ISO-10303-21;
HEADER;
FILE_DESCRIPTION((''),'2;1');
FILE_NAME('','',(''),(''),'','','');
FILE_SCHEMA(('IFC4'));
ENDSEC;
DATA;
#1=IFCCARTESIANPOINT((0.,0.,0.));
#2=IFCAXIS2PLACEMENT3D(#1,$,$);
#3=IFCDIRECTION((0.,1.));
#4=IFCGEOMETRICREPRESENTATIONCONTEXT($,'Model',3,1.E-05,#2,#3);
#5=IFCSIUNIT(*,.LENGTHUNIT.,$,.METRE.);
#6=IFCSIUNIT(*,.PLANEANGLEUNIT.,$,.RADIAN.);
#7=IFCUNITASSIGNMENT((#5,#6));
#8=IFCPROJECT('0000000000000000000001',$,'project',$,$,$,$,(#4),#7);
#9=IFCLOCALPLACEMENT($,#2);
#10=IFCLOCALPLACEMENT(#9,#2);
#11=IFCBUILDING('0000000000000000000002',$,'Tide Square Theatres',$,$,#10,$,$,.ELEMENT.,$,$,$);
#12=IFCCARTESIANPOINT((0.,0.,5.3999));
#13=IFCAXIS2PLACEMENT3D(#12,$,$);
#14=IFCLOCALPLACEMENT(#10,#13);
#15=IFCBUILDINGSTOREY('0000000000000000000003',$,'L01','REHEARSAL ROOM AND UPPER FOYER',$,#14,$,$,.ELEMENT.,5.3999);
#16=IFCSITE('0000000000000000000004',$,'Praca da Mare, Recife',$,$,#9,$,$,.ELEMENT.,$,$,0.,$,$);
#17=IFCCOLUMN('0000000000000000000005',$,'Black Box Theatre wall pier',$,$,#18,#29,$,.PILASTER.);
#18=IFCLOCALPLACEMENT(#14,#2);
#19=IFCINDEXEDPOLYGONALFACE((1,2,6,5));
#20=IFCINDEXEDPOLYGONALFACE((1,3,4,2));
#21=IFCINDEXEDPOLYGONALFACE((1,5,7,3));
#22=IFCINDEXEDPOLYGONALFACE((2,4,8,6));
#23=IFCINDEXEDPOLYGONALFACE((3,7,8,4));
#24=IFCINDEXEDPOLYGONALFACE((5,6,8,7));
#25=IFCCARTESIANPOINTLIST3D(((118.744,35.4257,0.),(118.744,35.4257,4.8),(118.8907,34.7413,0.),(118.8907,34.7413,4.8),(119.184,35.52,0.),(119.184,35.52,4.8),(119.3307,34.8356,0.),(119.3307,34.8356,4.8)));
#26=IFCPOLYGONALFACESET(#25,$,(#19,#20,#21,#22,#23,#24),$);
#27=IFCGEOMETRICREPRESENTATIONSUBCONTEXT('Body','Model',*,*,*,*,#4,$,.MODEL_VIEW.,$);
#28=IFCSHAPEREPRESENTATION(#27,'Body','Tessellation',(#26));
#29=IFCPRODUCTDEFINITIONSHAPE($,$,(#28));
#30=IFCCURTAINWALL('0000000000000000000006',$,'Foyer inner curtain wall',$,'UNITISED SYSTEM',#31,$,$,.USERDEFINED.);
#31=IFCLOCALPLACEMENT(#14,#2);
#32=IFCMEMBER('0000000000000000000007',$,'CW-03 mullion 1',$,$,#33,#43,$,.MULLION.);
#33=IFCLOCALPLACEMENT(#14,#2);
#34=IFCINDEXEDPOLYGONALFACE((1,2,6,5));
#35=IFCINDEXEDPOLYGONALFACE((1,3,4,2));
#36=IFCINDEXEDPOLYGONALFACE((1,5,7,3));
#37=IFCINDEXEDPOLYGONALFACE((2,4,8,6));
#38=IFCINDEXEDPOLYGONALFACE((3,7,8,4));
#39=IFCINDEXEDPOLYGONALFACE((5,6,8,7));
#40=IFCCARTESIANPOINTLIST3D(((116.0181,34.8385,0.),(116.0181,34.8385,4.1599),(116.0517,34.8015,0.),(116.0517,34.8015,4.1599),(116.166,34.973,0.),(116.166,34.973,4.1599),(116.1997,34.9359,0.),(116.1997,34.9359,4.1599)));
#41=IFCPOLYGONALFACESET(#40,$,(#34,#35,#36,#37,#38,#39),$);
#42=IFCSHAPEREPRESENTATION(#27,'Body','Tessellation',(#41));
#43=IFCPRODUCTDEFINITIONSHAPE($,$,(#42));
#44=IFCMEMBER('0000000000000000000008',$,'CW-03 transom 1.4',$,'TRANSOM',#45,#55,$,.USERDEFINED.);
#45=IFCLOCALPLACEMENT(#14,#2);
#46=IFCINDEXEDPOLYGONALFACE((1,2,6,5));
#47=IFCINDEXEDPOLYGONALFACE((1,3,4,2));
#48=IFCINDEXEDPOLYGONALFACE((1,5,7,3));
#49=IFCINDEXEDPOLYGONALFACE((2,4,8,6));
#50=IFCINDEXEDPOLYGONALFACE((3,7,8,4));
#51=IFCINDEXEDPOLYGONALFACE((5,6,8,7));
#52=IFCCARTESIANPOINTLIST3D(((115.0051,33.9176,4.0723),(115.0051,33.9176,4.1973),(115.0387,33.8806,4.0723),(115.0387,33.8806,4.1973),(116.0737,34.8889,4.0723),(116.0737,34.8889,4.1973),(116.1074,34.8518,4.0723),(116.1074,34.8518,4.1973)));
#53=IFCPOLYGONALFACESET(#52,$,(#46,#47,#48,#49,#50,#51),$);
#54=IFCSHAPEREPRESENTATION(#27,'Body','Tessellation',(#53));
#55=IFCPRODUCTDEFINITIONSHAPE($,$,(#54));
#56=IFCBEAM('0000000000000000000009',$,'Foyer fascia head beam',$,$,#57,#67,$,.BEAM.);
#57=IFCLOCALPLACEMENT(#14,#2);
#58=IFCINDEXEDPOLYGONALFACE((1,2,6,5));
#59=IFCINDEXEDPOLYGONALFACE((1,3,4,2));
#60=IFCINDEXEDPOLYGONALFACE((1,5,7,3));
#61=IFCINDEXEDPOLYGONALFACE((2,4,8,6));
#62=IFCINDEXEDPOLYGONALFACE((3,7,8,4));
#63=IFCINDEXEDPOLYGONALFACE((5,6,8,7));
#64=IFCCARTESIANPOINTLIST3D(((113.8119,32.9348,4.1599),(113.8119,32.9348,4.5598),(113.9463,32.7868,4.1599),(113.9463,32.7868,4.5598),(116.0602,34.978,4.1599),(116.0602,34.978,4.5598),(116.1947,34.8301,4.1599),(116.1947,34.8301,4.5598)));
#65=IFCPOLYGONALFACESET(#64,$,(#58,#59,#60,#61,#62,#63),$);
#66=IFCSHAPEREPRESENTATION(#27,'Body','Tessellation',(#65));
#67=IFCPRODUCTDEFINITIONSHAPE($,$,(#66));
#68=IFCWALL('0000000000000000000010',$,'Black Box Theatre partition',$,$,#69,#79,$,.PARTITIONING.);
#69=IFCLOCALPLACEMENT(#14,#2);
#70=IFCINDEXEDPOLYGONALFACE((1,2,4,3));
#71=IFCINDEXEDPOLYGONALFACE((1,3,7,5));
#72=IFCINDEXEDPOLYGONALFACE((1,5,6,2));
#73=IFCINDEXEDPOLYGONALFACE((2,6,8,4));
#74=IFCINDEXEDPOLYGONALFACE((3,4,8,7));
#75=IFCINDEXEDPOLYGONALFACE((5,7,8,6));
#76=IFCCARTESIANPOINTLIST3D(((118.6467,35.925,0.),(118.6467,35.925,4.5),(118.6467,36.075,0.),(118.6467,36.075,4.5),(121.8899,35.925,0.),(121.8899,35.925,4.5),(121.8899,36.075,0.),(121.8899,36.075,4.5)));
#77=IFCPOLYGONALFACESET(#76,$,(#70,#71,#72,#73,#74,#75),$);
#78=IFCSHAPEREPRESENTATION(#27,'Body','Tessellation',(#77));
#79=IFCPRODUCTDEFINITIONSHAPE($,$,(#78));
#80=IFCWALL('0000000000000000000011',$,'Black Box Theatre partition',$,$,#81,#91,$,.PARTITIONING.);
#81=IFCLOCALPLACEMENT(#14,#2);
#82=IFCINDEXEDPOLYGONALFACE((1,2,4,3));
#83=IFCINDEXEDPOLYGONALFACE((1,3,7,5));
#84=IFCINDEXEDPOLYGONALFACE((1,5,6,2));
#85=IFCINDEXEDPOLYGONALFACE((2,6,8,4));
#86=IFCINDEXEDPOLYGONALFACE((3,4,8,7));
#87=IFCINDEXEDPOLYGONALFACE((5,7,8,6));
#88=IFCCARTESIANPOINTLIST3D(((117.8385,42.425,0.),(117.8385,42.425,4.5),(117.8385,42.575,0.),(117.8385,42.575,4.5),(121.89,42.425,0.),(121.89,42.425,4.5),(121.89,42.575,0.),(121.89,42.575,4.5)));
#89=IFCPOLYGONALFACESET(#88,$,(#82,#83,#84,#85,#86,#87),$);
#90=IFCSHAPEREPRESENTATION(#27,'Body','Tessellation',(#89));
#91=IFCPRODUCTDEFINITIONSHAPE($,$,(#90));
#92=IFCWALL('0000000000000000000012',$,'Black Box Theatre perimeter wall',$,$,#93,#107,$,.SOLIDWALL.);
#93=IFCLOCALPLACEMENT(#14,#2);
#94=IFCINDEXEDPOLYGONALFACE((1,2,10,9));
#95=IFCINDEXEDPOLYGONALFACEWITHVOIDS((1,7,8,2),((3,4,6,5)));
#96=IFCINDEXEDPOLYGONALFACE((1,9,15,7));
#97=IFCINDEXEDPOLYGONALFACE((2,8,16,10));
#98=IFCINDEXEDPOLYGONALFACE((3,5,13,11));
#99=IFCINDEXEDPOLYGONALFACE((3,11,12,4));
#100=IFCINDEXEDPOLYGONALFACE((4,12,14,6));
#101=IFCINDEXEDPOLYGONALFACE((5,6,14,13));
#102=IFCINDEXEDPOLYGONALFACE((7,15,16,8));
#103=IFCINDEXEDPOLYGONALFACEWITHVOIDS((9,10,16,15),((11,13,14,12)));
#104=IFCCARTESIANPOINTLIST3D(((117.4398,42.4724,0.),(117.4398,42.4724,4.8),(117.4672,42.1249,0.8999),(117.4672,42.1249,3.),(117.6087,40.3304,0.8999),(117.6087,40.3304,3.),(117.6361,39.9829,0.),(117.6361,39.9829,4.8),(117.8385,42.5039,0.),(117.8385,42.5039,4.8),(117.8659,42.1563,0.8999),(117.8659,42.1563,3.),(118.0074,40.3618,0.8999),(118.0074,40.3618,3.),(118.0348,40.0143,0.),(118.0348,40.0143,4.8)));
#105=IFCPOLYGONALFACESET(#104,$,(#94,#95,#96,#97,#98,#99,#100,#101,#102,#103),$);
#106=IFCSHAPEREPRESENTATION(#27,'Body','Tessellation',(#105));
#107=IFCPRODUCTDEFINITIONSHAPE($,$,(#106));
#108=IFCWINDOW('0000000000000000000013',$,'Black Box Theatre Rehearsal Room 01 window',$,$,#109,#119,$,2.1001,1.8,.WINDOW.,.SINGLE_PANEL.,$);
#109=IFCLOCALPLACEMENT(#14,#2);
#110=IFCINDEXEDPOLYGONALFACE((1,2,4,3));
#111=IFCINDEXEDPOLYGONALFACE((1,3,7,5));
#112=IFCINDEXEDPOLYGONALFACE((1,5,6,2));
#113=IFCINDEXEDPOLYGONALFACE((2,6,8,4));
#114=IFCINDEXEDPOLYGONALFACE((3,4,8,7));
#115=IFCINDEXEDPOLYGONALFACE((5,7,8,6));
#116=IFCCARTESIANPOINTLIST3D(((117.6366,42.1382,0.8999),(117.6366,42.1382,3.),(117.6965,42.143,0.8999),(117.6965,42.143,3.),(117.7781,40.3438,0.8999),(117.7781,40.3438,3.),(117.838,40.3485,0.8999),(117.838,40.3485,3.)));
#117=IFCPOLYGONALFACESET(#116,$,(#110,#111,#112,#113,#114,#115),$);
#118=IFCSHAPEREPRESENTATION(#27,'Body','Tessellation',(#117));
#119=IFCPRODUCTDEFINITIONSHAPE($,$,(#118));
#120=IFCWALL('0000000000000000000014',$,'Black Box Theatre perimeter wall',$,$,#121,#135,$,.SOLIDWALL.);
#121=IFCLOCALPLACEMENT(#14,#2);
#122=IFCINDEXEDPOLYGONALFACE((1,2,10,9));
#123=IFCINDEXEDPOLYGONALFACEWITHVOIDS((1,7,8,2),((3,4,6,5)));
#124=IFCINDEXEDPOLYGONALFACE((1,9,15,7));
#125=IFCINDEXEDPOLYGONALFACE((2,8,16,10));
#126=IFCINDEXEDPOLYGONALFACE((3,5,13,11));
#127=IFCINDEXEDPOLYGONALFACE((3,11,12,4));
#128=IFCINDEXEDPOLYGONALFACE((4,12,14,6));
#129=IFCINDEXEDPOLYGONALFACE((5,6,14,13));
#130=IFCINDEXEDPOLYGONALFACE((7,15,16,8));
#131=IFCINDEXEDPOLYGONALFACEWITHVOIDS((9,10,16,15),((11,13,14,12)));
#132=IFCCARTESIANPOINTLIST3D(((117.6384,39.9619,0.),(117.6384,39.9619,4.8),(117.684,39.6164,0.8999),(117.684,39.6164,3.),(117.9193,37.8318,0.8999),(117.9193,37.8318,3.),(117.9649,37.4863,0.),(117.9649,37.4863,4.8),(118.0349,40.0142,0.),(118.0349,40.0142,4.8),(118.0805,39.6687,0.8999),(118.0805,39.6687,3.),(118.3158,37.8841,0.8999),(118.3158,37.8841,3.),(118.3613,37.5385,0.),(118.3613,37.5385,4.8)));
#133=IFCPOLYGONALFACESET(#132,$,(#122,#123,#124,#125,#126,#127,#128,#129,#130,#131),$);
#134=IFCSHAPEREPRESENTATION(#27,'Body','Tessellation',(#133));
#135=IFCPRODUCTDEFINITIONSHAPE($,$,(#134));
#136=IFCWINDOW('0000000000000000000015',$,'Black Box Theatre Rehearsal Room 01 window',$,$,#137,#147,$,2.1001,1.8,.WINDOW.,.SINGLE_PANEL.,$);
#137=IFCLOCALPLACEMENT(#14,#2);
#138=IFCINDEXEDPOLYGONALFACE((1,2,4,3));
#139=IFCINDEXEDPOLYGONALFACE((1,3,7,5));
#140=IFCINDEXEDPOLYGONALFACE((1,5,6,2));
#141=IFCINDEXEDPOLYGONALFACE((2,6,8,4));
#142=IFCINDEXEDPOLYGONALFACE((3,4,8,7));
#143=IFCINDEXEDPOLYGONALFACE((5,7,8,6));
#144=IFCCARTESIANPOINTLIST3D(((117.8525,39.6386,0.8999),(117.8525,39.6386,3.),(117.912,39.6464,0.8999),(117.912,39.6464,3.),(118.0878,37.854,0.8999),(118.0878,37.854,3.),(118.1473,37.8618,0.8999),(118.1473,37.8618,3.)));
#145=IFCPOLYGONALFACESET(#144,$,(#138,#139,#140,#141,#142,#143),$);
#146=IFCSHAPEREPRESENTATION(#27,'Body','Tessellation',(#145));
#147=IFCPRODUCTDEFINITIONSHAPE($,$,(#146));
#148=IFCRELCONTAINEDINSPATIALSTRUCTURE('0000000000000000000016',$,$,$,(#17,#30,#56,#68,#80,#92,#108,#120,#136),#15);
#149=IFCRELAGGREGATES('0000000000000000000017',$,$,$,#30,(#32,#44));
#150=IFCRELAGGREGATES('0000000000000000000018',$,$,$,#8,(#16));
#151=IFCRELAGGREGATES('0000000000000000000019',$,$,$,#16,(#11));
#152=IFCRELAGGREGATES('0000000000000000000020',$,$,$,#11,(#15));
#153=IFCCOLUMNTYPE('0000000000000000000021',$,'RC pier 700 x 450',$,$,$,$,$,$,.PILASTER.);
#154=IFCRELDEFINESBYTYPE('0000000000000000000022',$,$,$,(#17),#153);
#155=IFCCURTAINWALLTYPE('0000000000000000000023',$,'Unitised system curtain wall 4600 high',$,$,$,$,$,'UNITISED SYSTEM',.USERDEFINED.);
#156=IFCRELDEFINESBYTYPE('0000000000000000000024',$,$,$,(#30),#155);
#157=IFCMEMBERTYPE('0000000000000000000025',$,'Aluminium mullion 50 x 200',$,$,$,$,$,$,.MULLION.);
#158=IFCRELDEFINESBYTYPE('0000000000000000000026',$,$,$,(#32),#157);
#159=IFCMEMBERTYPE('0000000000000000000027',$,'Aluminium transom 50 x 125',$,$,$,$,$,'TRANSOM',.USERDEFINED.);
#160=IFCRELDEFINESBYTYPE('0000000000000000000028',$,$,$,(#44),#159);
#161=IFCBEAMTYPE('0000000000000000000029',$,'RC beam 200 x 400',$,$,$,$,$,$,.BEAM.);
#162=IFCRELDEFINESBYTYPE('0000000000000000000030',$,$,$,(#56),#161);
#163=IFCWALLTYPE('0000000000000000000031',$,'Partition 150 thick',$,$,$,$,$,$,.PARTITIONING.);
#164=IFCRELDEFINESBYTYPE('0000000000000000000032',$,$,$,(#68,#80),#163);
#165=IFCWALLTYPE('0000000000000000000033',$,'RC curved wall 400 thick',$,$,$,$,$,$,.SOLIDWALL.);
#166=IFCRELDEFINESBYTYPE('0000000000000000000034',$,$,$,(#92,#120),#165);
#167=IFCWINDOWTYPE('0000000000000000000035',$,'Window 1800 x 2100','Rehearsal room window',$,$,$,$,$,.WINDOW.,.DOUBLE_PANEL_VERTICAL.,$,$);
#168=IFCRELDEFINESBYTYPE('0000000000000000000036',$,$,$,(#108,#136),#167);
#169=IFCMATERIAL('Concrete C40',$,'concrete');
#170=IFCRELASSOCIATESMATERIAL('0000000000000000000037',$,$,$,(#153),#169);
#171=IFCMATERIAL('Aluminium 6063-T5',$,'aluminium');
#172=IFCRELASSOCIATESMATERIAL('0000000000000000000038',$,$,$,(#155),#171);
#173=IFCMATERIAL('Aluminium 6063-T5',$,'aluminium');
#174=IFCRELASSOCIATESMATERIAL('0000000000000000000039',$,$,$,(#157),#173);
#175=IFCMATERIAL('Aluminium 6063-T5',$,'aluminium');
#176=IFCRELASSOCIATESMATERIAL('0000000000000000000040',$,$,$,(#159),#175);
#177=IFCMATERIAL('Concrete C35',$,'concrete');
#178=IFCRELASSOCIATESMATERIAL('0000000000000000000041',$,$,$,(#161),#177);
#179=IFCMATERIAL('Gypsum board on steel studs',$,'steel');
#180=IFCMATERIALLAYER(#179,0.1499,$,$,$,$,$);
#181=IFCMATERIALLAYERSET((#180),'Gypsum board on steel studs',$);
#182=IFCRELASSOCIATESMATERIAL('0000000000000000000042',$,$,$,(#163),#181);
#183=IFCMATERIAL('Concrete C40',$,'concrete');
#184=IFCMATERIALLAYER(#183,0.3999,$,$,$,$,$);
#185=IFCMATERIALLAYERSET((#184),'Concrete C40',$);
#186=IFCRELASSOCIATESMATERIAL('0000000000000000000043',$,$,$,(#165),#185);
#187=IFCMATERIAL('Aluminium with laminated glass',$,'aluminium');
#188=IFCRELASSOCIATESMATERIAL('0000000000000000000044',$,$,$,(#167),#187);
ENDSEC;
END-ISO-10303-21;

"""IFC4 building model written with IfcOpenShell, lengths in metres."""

from ifc_helpers import new_model, si_unit, direction, frame, frame_2d, origin, origin_2d, place, context, subcontext, project, spatial, rectangle, extrude, material, layer, layer_set, material_profile, profile_set, type_object, element, fill, aggregate, save


model = new_model("IFC4")

# Units and contexts
model_context = context("Model", 3, precision=1e-05, world=origin(), true_north=direction((0.0, 1.0)))
body_context = subcontext(model_context, "Body", "Model", "MODEL_VIEW")
ifc_project = project(units=[si_unit("LENGTHUNIT", "METRE"), si_unit("PLANEANGLEUNIT", "RADIAN")], contexts=[model_context])

# Site, building, storey
site_placement = place(None, origin())
site = spatial("IfcSite", under=ifc_project, at=site_placement, Name="Praca da Mare, Recife", CompositionType="ELEMENT", RefElevation=0.0)
building_placement = place(site_placement, origin())
building = spatial("IfcBuilding", under=site, at=building_placement, Name="Tide Square Theatres", CompositionType="ELEMENT")
storey_placement = place(building_placement, frame((0.0, 0.0, 5.3999)))
storey = spatial("IfcBuildingStorey", under=building, at=storey_placement, Name="L01", Description="REHEARSAL ROOM AND UPPER FOYER", CompositionType="ELEMENT", Elevation=5.3999)

# Column
ifc_material_1 = material(Name="Concrete C40", Category="concrete")
ifc_material_profile_1 = material_profile(ifc_material_1, rectangle(XDim=0.7, YDim=0.45, at=origin_2d()))
ifc_profile_set_1 = profile_set([ifc_material_profile_1], Name="Concrete C40")
column_type = type_object("IfcColumnType", Name="RC pier 700 x 450", PredefinedType="PILASTER", material=ifc_profile_set_1)
column_placement = place(storey_placement, frame((119.0374, 35.1306, 0.0), z_axis=(0.0, 0.0, 1.0), x_axis=(0.209561, -0.977796, 0.0)))
element("IfcColumn", 1, at=column_placement, inside=storey, type_object=column_type, Name="Black Box Theatre wall pier", PredefinedType="PILASTER", context=body_context, shape_type="SweptSolid", body=[
    extrude(rectangle(XDim=0.7, YDim=0.45, at=origin_2d()), origin(), (0.0, 0.0, 1.0), 4.8),
])

# Curtain wall, members
ifc_material_2 = material(Name="Aluminium 6063-T5", Category="aluminium")
curtain_wall_type = type_object("IfcCurtainWallType", Name="Unitised system curtain wall 4600 high", ElementType="UNITISED SYSTEM", PredefinedType="USERDEFINED", material=ifc_material_2)
curtain_wall_placement = place(storey_placement, origin())
curtain_wall = element("IfcCurtainWall", 2, at=curtain_wall_placement, inside=storey, type_object=curtain_wall_type, Name="Foyer inner curtain wall", ObjectType="UNITISED SYSTEM", PredefinedType="USERDEFINED")
ifc_material_3 = material(Name="Aluminium 6063-T5", Category="aluminium")
ifc_material_profile_2 = material_profile(ifc_material_3, rectangle(XDim=0.05, YDim=0.2, at=origin_2d()))
ifc_profile_set_2 = profile_set([ifc_material_profile_2], Name="Aluminium 6063-T5")
member_type_1 = type_object("IfcMemberType", Name="Aluminium mullion 50 x 200", PredefinedType="MULLION", material=ifc_profile_set_2)
member_1_placement = place(storey_placement, frame((116.1089, 34.8872, 0.0), z_axis=(0.0, 0.0, 1.0), x_axis=(0.672527, -0.740073, 0.0)))
member_1 = element("IfcMember", 3, at=member_1_placement, type_object=member_type_1, Name="CW-03 mullion 1", PredefinedType="MULLION", context=body_context, shape_type="SweptSolid", body=[
    extrude(rectangle(XDim=0.05, YDim=0.2, at=origin_2d()), origin(), (0.0, 0.0, 1.0), 4.1599),
])
ifc_material_4 = material(Name="Aluminium 6063-T5", Category="aluminium")
ifc_material_profile_3 = material_profile(ifc_material_4, rectangle(XDim=0.05, YDim=0.125, at=origin_2d()))
ifc_profile_set_3 = profile_set([ifc_material_profile_3], Name="Aluminium 6063-T5")
member_type_2 = type_object("IfcMemberType", Name="Aluminium transom 50 x 125", ElementType="TRANSOM", PredefinedType="USERDEFINED", material=ifc_profile_set_3)
member_2_placement = place(storey_placement, frame((116.0906, 34.8704, 4.1348), z_axis=(-0.740032, -0.672572, 0.0), x_axis=(0.672572, -0.740032, 0.0)))
member_2 = element("IfcMember", 4, at=member_2_placement, type_object=member_type_2, Name="CW-03 transom 1.4", ObjectType="TRANSOM", PredefinedType="USERDEFINED", context=body_context, shape_type="SweptSolid", body=[
    extrude(rectangle(XDim=0.05, YDim=0.125, at=origin_2d()), origin(), (0.0, 0.0, 1.0), 1.4441),
])
aggregate(curtain_wall, [member_1, member_2])

# Beam
ifc_material_5 = material(Name="Concrete C35", Category="concrete")
ifc_material_profile_4 = material_profile(ifc_material_5, rectangle(XDim=0.2, YDim=0.3999, at=origin_2d()))
ifc_profile_set_4 = profile_set([ifc_material_profile_4], Name="Concrete C35")
beam_type = type_object("IfcBeamType", Name="RC beam 200 x 400", PredefinedType="BEAM", material=ifc_profile_set_4)
beam_placement = place(storey_placement, frame((116.1274, 34.9041, 4.3599), z_axis=(-0.740053, -0.672549, 0.0), x_axis=(0.672549, -0.740053, 0.0)))
element("IfcBeam", 5, at=beam_placement, inside=storey, type_object=beam_type, Name="Foyer fascia head beam", PredefinedType="BEAM", context=body_context, shape_type="SweptSolid", body=[
    extrude(rectangle(XDim=0.2, YDim=0.3999, at=origin_2d()), origin(), (0.0, 0.0, 1.0), 3.0381),
])

# Walls
ifc_material_6 = material(Name="Gypsum board on steel studs", Category="steel")
ifc_layer_1 = layer(ifc_material_6, 0.1499)
ifc_layer_set_1 = layer_set([ifc_layer_1], Name="Gypsum board on steel studs")
wall_type_1 = type_object("IfcWallType", Name="Partition 150 thick", PredefinedType="PARTITIONING", material=ifc_layer_set_1)
wall_1_placement = place(storey_placement, frame((118.6467, 36.0, 0.0), z_axis=(0.0, 0.0, 1.0), x_axis=(1.0, 0.0, 0.0)))
element("IfcWall", 6, at=wall_1_placement, inside=storey, type_object=wall_type_1, Name="Black Box Theatre partition", PredefinedType="PARTITIONING", context=body_context, shape_type="SweptSolid", body=[
    extrude(rectangle(XDim=3.2432, YDim=0.1499, at=frame_2d((1.6216, 0.0))), origin(), (0.0, 0.0, 1.0), 4.5),
])
wall_2_placement = place(storey_placement, frame((117.8384, 42.5, 0.0), z_axis=(0.0, 0.0, 1.0), x_axis=(1.0, 0.0, 0.0)))
element("IfcWall", 7, at=wall_2_placement, inside=storey, type_object=wall_type_1, Name="Black Box Theatre partition", PredefinedType="PARTITIONING", context=body_context, shape_type="SweptSolid", body=[
    extrude(rectangle(XDim=4.0515, YDim=0.1499, at=frame_2d((2.0259, 0.0))), origin(), (0.0, 0.0, 1.0), 4.5),
])

# Walls, openings, windows
ifc_material_7 = material(Name="Concrete C40", Category="concrete")
ifc_layer_2 = layer(ifc_material_7, 0.3999)
ifc_layer_set_2 = layer_set([ifc_layer_2], Name="Concrete C40")
wall_type_2 = type_object("IfcWallType", Name="RC curved wall 400 thick", PredefinedType="SOLIDWALL", material=ifc_layer_set_2)
wall_3_placement = place(storey_placement, frame((117.6392, 42.488, 0.0), z_axis=(0.0, 0.0, 1.0), x_axis=(0.078603, -0.996906, 0.0)))
wall_3 = element("IfcWall", 8, at=wall_3_placement, inside=storey, type_object=wall_type_2, Name="Black Box Theatre perimeter wall", PredefinedType="SOLIDWALL", context=body_context, shape_type="SweptSolid", body=[
    extrude(rectangle(XDim=2.4973, YDim=0.3999, at=frame_2d((1.2485, 0.0))), origin(), (0.0, 0.0, 1.0), 4.8),
])
opening_1_placement = place(wall_3_placement, frame((0.3486, 0.0, 0.8999)))
opening_1 = element("IfcOpeningElement", 9, at=opening_1_placement, cuts=wall_3, PredefinedType="OPENING", context=body_context, shape_type="SweptSolid", body=[
    extrude(rectangle(XDim=1.8, YDim=2.1001, at=frame_2d((0.8999, 1.05))), frame((0.0, 0.21, 0.0), z_axis=(0.0, -1.0, 0.0), x_axis=(1.0, 0.0, 0.0)), (0.0, 0.0, 1.0), 0.4199),
])
ifc_material_8 = material(Name="Aluminium with laminated glass", Category="aluminium")
window_type_1 = type_object("IfcWindowType", Name="Window 1800 x 2100", Description="Rehearsal room window", PartitioningType="DOUBLE_PANEL_VERTICAL", PredefinedType="WINDOW", material=ifc_material_8)
window_1_placement = place(opening_1_placement, origin())
window_1 = element("IfcWindow", 10, at=window_1_placement, inside=storey, type_object=window_type_1, Name="Black Box Theatre Rehearsal Room 01 window", OverallHeight=2.1001, OverallWidth=1.8, PartitioningType="SINGLE_PANEL", PredefinedType="WINDOW", context=body_context, shape_type="SweptSolid", body=[
    extrude(rectangle(XDim=1.8, YDim=2.1001, at=frame_2d((0.8999, 1.05))), frame((0.0, 0.03, 0.0), z_axis=(0.0, -1.0, 0.0), x_axis=(1.0, 0.0, 0.0)), (0.0, 0.0, 1.0), 0.0601),
])
fill(opening_1, window_1)
wall_4_placement = place(storey_placement, frame((117.8367, 39.988, 0.0), z_axis=(0.0, 0.0, 1.0), x_axis=(0.130723, -0.991419, 0.0)))
wall_4 = element("IfcWall", 11, at=wall_4_placement, inside=storey, type_object=wall_type_2, Name="Black Box Theatre perimeter wall", PredefinedType="SOLIDWALL", context=body_context, shape_type="SweptSolid", body=[
    extrude(rectangle(XDim=2.4971, YDim=0.3999, at=frame_2d((1.2485, 0.0))), origin(), (0.0, 0.0, 1.0), 4.8),
])
opening_2_placement = place(wall_4_placement, frame((0.3486, 0.0, 0.8999)))
opening_2 = element("IfcOpeningElement", 12, at=opening_2_placement, cuts=wall_4, PredefinedType="OPENING", context=body_context, shape_type="SweptSolid", body=[
    extrude(rectangle(XDim=1.8, YDim=2.1001, at=frame_2d((0.8999, 1.05))), frame((0.0, 0.21, 0.0), z_axis=(0.0, -1.0, 0.0), x_axis=(1.0, 0.0, 0.0)), (0.0, 0.0, 1.0), 0.4199),
])
window_2_placement = place(opening_2_placement, origin())
window_2 = element("IfcWindow", 13, at=window_2_placement, inside=storey, type_object=window_type_1, Name="Black Box Theatre Rehearsal Room 01 window", OverallHeight=2.1001, OverallWidth=1.8, PartitioningType="SINGLE_PANEL", PredefinedType="WINDOW", context=body_context, shape_type="SweptSolid", body=[
    extrude(rectangle(XDim=1.8, YDim=2.1001, at=frame_2d((0.8999, 1.05))), frame((0.0, 0.03, 0.0), z_axis=(0.0, -1.0, 0.0), x_axis=(1.0, 0.0, 0.0)), (0.0, 0.0, 1.0), 0.0601),
])
fill(opening_2, window_2)

save(model, "model.ifc")
